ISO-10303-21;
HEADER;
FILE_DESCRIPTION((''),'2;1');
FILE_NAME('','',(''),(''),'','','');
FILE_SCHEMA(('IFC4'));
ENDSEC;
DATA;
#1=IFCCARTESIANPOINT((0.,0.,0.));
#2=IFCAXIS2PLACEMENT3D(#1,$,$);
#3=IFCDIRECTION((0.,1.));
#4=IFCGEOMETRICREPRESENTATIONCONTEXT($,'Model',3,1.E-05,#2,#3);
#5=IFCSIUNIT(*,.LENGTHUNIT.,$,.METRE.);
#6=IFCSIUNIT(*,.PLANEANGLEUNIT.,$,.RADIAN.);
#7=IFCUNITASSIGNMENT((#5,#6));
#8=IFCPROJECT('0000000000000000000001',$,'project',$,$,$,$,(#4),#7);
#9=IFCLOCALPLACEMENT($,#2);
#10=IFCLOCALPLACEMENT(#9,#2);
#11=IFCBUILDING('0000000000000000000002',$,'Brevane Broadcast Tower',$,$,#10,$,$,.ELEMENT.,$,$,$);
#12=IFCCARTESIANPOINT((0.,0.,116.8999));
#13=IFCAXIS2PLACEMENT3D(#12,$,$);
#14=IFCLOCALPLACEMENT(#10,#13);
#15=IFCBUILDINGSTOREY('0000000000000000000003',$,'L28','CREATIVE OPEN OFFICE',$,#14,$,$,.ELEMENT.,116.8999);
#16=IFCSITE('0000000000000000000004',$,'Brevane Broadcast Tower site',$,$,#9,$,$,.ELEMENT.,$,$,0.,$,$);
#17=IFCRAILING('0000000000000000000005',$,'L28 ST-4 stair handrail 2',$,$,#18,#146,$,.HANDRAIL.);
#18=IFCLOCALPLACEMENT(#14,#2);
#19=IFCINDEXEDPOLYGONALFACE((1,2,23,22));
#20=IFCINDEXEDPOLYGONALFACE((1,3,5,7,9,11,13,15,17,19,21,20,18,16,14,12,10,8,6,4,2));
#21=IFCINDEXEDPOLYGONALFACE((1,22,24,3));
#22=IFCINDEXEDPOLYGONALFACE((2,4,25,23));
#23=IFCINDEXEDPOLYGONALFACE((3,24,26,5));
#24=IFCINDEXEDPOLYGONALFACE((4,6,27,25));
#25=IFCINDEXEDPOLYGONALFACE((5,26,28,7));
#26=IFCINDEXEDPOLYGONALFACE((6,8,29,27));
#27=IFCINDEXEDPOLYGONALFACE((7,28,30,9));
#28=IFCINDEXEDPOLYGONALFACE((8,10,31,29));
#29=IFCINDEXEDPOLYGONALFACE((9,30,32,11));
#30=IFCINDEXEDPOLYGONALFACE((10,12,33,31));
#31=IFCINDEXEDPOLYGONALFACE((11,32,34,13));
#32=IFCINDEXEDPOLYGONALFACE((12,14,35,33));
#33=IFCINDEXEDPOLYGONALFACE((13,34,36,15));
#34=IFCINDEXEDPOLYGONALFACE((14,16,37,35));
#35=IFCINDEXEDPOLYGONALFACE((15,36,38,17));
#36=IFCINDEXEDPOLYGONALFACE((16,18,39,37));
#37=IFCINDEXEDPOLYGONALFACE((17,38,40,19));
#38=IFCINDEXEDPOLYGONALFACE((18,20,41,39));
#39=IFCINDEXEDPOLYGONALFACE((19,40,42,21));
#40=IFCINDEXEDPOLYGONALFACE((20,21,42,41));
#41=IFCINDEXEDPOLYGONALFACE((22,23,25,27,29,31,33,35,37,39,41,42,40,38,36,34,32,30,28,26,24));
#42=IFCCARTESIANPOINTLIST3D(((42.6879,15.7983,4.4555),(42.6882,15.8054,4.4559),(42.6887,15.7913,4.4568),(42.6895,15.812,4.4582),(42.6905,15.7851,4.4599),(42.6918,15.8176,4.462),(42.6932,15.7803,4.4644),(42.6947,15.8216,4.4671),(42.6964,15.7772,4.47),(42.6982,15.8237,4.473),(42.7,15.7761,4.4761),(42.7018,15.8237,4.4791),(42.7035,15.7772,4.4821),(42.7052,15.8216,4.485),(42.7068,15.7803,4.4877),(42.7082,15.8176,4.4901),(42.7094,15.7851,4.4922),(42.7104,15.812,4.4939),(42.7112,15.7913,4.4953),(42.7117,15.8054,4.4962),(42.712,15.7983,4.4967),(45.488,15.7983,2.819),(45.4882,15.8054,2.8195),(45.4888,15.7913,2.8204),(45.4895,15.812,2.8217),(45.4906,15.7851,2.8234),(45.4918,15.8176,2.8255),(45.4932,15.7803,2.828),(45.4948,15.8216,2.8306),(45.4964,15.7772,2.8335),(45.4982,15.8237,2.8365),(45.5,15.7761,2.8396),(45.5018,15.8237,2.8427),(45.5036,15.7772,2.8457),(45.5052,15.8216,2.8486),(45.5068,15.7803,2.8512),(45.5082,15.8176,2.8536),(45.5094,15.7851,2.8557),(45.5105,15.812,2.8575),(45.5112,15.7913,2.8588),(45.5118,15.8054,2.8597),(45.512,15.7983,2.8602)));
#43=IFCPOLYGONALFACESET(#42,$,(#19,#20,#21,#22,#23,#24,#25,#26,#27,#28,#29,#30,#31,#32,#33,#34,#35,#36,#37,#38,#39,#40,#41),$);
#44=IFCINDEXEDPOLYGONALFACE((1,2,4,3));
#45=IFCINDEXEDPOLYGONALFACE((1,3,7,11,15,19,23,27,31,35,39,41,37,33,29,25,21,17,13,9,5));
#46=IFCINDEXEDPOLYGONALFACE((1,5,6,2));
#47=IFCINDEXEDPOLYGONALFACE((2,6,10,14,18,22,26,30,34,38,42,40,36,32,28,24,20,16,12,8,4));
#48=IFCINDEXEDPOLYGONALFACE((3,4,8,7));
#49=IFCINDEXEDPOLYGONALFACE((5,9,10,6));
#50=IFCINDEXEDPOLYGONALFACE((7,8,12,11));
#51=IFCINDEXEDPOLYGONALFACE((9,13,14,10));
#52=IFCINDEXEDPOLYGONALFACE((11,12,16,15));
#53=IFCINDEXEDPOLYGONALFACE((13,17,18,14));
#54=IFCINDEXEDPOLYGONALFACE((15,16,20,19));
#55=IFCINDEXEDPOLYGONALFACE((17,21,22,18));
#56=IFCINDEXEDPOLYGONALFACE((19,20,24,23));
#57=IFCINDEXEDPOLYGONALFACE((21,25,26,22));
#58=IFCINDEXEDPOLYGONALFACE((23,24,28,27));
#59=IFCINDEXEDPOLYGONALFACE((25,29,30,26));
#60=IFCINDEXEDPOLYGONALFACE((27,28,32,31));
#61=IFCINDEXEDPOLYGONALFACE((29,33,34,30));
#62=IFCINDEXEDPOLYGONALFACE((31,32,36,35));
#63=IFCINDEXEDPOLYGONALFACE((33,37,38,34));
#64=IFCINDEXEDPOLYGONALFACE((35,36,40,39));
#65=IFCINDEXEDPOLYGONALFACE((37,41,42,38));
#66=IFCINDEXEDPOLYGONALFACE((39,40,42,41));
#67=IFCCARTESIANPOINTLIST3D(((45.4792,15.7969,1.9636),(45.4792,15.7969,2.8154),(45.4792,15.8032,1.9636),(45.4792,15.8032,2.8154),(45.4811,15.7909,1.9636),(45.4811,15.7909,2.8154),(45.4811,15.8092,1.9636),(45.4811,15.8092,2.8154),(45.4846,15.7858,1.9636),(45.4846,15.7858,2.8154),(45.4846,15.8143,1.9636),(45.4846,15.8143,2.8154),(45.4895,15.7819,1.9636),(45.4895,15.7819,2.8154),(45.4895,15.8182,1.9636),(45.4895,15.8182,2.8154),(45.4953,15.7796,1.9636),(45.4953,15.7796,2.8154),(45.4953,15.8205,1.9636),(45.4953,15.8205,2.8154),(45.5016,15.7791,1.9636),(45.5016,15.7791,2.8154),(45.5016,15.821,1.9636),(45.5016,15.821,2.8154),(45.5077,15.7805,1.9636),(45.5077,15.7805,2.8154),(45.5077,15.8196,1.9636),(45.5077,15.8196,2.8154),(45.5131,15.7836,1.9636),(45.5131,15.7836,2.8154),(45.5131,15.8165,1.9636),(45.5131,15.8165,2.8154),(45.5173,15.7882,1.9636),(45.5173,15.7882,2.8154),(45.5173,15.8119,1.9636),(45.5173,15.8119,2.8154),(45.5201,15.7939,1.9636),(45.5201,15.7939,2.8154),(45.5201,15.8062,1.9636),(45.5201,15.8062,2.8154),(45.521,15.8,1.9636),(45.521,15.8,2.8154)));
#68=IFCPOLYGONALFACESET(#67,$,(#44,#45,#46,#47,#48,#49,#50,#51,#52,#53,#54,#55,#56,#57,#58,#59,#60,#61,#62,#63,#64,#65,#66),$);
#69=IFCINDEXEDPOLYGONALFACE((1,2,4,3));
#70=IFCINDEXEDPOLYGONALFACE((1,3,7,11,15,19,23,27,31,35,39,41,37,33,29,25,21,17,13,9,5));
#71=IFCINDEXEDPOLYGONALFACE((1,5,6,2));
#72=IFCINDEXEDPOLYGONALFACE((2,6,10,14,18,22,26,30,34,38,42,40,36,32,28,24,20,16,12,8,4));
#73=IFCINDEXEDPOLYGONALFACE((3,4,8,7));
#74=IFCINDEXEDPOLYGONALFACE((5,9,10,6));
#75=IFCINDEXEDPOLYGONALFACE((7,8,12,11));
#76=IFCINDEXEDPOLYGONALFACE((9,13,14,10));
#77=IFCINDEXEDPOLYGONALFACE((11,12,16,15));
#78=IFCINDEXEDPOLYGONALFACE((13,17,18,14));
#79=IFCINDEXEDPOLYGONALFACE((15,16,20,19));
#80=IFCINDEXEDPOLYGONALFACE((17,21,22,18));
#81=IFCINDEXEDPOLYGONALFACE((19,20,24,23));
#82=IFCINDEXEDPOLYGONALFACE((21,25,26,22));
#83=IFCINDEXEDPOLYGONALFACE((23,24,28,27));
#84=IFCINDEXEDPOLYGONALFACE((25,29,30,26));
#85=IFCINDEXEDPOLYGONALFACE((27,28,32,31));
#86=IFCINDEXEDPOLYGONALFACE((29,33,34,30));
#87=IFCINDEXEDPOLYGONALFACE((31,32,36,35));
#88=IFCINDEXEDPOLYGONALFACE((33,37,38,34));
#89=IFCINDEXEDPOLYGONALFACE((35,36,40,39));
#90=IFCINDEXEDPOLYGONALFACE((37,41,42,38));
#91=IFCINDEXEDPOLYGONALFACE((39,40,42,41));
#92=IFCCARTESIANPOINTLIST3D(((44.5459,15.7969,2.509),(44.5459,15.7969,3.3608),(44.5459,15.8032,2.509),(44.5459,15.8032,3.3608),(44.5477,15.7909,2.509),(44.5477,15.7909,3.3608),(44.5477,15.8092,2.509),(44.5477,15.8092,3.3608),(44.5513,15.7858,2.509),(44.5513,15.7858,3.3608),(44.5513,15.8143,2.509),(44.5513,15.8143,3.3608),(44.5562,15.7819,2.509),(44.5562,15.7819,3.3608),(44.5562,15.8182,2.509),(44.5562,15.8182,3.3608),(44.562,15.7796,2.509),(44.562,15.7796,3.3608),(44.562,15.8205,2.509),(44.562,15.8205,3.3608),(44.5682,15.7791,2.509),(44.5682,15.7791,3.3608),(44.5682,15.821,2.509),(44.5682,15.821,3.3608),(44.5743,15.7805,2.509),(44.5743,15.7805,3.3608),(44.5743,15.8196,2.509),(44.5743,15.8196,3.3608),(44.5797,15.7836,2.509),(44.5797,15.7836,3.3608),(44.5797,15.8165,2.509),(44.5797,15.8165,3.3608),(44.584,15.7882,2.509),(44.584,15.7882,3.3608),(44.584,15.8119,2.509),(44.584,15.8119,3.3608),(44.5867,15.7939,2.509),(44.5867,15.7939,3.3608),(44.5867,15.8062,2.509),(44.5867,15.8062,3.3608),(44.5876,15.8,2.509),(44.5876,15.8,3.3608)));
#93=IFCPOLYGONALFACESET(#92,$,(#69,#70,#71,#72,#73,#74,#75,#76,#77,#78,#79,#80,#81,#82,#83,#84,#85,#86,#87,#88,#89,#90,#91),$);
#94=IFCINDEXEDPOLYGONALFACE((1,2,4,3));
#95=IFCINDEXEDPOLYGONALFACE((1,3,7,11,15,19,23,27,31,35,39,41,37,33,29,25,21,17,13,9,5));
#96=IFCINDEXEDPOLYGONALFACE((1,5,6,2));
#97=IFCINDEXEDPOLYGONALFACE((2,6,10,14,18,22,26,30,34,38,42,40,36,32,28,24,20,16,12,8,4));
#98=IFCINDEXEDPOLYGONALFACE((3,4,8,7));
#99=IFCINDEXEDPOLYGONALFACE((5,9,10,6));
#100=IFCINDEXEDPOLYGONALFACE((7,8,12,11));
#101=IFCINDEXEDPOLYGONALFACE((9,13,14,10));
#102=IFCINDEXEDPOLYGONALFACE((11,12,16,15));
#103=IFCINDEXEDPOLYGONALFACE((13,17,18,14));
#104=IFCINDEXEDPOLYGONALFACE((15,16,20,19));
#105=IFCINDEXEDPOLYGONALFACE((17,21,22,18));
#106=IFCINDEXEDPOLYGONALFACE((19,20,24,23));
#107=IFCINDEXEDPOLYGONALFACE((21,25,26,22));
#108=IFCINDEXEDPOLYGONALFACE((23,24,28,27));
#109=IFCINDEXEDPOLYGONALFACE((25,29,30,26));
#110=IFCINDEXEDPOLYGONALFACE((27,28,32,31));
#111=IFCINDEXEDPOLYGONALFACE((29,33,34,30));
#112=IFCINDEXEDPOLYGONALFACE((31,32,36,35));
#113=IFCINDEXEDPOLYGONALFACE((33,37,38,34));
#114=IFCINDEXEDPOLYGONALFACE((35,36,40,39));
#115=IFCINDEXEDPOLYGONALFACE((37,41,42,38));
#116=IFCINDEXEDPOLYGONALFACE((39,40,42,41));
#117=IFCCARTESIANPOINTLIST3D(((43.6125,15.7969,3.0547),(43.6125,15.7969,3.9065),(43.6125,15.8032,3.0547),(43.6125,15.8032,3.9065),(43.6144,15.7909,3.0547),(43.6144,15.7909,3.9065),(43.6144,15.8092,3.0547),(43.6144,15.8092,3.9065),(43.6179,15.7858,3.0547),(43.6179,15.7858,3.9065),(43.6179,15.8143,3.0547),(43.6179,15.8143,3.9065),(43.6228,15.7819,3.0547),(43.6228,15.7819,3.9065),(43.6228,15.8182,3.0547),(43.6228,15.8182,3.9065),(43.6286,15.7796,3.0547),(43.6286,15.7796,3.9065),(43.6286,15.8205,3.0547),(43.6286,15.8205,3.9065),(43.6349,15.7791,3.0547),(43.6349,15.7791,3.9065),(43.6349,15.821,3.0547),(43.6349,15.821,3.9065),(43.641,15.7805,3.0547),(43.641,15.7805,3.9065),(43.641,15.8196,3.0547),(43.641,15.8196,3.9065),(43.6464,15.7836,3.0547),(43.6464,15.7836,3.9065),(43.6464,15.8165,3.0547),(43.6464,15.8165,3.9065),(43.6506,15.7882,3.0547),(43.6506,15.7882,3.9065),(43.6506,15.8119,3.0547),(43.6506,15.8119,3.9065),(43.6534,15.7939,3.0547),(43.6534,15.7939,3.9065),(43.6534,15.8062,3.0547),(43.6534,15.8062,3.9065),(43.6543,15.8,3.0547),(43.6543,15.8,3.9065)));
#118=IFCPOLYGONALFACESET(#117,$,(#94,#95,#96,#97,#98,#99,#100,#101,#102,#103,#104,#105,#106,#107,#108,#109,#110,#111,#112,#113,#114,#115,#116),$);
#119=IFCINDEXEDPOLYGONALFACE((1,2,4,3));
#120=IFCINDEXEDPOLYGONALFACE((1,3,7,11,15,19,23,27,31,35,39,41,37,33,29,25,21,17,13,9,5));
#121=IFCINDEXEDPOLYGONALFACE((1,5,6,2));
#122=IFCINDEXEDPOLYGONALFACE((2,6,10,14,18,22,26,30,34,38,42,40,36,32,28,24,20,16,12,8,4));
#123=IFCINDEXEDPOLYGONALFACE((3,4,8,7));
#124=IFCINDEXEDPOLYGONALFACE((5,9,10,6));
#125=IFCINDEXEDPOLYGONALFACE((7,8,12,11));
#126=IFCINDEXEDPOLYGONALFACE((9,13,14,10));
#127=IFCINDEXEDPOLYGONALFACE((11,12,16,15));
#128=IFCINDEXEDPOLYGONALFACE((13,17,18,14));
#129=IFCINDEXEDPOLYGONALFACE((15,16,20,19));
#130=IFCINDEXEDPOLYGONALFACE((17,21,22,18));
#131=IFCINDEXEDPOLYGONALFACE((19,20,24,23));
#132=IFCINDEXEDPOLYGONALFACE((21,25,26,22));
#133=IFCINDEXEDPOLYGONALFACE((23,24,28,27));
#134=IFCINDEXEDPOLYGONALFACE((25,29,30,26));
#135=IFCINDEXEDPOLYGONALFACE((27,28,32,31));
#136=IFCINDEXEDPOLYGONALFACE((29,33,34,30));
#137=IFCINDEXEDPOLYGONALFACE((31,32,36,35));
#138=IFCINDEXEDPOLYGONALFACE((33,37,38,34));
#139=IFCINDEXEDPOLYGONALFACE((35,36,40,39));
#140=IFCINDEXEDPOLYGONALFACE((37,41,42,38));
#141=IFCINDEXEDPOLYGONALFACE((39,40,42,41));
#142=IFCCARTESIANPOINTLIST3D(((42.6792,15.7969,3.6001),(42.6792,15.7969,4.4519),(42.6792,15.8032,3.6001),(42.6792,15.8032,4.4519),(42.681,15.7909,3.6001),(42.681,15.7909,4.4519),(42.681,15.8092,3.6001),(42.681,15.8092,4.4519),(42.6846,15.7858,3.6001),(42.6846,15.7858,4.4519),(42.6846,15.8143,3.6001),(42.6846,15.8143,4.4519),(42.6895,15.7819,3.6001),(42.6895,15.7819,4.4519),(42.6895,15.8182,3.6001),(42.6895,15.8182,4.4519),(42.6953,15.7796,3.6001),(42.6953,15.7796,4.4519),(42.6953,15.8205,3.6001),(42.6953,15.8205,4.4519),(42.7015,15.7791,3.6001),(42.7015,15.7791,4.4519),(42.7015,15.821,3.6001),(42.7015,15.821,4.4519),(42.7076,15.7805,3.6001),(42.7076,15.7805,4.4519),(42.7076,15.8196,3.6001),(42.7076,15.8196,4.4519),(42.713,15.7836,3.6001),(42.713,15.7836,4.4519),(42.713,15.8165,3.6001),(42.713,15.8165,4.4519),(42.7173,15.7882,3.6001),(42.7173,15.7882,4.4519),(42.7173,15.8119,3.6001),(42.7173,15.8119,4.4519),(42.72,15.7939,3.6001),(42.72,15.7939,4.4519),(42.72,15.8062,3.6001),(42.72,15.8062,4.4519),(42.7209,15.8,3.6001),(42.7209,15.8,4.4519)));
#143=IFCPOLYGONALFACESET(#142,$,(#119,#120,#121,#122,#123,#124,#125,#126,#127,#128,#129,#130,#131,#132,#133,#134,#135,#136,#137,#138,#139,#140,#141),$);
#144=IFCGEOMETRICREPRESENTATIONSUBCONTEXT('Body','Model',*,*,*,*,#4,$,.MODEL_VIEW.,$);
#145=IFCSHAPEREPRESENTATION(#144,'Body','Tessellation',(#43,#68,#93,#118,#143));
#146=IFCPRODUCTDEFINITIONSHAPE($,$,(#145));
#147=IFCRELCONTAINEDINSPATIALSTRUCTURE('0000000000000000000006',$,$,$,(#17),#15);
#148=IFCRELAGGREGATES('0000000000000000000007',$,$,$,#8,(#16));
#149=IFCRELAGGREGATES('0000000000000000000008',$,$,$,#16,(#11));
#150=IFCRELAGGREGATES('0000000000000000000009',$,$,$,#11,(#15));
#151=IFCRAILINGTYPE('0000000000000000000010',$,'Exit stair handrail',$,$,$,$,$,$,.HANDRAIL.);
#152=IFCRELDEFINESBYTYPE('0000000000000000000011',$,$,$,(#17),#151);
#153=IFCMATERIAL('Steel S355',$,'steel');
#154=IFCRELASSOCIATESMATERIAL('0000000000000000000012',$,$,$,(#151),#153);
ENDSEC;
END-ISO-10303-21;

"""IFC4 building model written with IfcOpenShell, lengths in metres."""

from ifc_helpers import new_model, si_unit, direction, frame, origin, origin_2d, place, context, subcontext, project, spatial, circle, extrude, material, type_object, element, save


model = new_model("IFC4")

# Units and contexts
model_context = context("Model", 3, precision=1e-05, world=origin(), true_north=direction((0.0, 1.0)))
body_context = subcontext(model_context, "Body", "Model", "MODEL_VIEW")
ifc_project = project(units=[si_unit("LENGTHUNIT", "METRE"), si_unit("PLANEANGLEUNIT", "RADIAN")], contexts=[model_context])

# Site, building, storey
site_placement = place(None, origin())
site = spatial("IfcSite", under=ifc_project, at=site_placement, Name="Brevane Broadcast Tower site", CompositionType="ELEMENT", RefElevation=0.0)
building_placement = place(site_placement, origin())
building = spatial("IfcBuilding", under=site, at=building_placement, Name="Brevane Broadcast Tower", CompositionType="ELEMENT")
storey_placement = place(building_placement, frame((0.0, 0.0, 116.8999)))
storey = spatial("IfcBuildingStorey", under=building, at=storey_placement, Name="L28", Description="CREATIVE OPEN OFFICE", CompositionType="ELEMENT", Elevation=116.8999)

# Railing
ifc_material_1 = material(Name="Steel S355", Category="steel")
railing_type_1 = type_object("IfcRailingType", Name="Exit stair handrail", PredefinedType="HANDRAIL", material=ifc_material_1)
railing_1_placement = place(storey_placement, frame((45.5, 15.8, 1.9636)))
element("IfcRailing", 1, at=railing_1_placement, inside=storey, type_object=railing_type_1, Name="L28 ST-4 stair handrail 2", PredefinedType="HANDRAIL", context=body_context, shape_type="SweptSolid", body=[
    extrude(circle(Radius=0.0239, at=origin_2d()), frame((0.0, 0.0, 0.876), z_axis=(-0.863361, 0.0, 0.504587), x_axis=(0.0, -1.0, 0.0)), (0.0, 0.0, 1.0), 3.2432),
    extrude(circle(Radius=0.021, at=origin_2d()), origin(), (0.0, 0.0, 1.0), 0.8518),
    extrude(circle(Radius=0.021, at=origin_2d()), frame((-0.9333, 0.0, 0.5454)), (0.0, 0.0, 1.0), 0.8518),
    extrude(circle(Radius=0.021, at=origin_2d()), frame((-1.8667, 0.0, 1.0911)), (0.0, 0.0, 1.0), 0.8518),
    extrude(circle(Radius=0.021, at=origin_2d()), frame((-2.8, 0.0, 1.6365)), (0.0, 0.0, 1.0), 0.8518),
])

save(model, "model.ifc")
